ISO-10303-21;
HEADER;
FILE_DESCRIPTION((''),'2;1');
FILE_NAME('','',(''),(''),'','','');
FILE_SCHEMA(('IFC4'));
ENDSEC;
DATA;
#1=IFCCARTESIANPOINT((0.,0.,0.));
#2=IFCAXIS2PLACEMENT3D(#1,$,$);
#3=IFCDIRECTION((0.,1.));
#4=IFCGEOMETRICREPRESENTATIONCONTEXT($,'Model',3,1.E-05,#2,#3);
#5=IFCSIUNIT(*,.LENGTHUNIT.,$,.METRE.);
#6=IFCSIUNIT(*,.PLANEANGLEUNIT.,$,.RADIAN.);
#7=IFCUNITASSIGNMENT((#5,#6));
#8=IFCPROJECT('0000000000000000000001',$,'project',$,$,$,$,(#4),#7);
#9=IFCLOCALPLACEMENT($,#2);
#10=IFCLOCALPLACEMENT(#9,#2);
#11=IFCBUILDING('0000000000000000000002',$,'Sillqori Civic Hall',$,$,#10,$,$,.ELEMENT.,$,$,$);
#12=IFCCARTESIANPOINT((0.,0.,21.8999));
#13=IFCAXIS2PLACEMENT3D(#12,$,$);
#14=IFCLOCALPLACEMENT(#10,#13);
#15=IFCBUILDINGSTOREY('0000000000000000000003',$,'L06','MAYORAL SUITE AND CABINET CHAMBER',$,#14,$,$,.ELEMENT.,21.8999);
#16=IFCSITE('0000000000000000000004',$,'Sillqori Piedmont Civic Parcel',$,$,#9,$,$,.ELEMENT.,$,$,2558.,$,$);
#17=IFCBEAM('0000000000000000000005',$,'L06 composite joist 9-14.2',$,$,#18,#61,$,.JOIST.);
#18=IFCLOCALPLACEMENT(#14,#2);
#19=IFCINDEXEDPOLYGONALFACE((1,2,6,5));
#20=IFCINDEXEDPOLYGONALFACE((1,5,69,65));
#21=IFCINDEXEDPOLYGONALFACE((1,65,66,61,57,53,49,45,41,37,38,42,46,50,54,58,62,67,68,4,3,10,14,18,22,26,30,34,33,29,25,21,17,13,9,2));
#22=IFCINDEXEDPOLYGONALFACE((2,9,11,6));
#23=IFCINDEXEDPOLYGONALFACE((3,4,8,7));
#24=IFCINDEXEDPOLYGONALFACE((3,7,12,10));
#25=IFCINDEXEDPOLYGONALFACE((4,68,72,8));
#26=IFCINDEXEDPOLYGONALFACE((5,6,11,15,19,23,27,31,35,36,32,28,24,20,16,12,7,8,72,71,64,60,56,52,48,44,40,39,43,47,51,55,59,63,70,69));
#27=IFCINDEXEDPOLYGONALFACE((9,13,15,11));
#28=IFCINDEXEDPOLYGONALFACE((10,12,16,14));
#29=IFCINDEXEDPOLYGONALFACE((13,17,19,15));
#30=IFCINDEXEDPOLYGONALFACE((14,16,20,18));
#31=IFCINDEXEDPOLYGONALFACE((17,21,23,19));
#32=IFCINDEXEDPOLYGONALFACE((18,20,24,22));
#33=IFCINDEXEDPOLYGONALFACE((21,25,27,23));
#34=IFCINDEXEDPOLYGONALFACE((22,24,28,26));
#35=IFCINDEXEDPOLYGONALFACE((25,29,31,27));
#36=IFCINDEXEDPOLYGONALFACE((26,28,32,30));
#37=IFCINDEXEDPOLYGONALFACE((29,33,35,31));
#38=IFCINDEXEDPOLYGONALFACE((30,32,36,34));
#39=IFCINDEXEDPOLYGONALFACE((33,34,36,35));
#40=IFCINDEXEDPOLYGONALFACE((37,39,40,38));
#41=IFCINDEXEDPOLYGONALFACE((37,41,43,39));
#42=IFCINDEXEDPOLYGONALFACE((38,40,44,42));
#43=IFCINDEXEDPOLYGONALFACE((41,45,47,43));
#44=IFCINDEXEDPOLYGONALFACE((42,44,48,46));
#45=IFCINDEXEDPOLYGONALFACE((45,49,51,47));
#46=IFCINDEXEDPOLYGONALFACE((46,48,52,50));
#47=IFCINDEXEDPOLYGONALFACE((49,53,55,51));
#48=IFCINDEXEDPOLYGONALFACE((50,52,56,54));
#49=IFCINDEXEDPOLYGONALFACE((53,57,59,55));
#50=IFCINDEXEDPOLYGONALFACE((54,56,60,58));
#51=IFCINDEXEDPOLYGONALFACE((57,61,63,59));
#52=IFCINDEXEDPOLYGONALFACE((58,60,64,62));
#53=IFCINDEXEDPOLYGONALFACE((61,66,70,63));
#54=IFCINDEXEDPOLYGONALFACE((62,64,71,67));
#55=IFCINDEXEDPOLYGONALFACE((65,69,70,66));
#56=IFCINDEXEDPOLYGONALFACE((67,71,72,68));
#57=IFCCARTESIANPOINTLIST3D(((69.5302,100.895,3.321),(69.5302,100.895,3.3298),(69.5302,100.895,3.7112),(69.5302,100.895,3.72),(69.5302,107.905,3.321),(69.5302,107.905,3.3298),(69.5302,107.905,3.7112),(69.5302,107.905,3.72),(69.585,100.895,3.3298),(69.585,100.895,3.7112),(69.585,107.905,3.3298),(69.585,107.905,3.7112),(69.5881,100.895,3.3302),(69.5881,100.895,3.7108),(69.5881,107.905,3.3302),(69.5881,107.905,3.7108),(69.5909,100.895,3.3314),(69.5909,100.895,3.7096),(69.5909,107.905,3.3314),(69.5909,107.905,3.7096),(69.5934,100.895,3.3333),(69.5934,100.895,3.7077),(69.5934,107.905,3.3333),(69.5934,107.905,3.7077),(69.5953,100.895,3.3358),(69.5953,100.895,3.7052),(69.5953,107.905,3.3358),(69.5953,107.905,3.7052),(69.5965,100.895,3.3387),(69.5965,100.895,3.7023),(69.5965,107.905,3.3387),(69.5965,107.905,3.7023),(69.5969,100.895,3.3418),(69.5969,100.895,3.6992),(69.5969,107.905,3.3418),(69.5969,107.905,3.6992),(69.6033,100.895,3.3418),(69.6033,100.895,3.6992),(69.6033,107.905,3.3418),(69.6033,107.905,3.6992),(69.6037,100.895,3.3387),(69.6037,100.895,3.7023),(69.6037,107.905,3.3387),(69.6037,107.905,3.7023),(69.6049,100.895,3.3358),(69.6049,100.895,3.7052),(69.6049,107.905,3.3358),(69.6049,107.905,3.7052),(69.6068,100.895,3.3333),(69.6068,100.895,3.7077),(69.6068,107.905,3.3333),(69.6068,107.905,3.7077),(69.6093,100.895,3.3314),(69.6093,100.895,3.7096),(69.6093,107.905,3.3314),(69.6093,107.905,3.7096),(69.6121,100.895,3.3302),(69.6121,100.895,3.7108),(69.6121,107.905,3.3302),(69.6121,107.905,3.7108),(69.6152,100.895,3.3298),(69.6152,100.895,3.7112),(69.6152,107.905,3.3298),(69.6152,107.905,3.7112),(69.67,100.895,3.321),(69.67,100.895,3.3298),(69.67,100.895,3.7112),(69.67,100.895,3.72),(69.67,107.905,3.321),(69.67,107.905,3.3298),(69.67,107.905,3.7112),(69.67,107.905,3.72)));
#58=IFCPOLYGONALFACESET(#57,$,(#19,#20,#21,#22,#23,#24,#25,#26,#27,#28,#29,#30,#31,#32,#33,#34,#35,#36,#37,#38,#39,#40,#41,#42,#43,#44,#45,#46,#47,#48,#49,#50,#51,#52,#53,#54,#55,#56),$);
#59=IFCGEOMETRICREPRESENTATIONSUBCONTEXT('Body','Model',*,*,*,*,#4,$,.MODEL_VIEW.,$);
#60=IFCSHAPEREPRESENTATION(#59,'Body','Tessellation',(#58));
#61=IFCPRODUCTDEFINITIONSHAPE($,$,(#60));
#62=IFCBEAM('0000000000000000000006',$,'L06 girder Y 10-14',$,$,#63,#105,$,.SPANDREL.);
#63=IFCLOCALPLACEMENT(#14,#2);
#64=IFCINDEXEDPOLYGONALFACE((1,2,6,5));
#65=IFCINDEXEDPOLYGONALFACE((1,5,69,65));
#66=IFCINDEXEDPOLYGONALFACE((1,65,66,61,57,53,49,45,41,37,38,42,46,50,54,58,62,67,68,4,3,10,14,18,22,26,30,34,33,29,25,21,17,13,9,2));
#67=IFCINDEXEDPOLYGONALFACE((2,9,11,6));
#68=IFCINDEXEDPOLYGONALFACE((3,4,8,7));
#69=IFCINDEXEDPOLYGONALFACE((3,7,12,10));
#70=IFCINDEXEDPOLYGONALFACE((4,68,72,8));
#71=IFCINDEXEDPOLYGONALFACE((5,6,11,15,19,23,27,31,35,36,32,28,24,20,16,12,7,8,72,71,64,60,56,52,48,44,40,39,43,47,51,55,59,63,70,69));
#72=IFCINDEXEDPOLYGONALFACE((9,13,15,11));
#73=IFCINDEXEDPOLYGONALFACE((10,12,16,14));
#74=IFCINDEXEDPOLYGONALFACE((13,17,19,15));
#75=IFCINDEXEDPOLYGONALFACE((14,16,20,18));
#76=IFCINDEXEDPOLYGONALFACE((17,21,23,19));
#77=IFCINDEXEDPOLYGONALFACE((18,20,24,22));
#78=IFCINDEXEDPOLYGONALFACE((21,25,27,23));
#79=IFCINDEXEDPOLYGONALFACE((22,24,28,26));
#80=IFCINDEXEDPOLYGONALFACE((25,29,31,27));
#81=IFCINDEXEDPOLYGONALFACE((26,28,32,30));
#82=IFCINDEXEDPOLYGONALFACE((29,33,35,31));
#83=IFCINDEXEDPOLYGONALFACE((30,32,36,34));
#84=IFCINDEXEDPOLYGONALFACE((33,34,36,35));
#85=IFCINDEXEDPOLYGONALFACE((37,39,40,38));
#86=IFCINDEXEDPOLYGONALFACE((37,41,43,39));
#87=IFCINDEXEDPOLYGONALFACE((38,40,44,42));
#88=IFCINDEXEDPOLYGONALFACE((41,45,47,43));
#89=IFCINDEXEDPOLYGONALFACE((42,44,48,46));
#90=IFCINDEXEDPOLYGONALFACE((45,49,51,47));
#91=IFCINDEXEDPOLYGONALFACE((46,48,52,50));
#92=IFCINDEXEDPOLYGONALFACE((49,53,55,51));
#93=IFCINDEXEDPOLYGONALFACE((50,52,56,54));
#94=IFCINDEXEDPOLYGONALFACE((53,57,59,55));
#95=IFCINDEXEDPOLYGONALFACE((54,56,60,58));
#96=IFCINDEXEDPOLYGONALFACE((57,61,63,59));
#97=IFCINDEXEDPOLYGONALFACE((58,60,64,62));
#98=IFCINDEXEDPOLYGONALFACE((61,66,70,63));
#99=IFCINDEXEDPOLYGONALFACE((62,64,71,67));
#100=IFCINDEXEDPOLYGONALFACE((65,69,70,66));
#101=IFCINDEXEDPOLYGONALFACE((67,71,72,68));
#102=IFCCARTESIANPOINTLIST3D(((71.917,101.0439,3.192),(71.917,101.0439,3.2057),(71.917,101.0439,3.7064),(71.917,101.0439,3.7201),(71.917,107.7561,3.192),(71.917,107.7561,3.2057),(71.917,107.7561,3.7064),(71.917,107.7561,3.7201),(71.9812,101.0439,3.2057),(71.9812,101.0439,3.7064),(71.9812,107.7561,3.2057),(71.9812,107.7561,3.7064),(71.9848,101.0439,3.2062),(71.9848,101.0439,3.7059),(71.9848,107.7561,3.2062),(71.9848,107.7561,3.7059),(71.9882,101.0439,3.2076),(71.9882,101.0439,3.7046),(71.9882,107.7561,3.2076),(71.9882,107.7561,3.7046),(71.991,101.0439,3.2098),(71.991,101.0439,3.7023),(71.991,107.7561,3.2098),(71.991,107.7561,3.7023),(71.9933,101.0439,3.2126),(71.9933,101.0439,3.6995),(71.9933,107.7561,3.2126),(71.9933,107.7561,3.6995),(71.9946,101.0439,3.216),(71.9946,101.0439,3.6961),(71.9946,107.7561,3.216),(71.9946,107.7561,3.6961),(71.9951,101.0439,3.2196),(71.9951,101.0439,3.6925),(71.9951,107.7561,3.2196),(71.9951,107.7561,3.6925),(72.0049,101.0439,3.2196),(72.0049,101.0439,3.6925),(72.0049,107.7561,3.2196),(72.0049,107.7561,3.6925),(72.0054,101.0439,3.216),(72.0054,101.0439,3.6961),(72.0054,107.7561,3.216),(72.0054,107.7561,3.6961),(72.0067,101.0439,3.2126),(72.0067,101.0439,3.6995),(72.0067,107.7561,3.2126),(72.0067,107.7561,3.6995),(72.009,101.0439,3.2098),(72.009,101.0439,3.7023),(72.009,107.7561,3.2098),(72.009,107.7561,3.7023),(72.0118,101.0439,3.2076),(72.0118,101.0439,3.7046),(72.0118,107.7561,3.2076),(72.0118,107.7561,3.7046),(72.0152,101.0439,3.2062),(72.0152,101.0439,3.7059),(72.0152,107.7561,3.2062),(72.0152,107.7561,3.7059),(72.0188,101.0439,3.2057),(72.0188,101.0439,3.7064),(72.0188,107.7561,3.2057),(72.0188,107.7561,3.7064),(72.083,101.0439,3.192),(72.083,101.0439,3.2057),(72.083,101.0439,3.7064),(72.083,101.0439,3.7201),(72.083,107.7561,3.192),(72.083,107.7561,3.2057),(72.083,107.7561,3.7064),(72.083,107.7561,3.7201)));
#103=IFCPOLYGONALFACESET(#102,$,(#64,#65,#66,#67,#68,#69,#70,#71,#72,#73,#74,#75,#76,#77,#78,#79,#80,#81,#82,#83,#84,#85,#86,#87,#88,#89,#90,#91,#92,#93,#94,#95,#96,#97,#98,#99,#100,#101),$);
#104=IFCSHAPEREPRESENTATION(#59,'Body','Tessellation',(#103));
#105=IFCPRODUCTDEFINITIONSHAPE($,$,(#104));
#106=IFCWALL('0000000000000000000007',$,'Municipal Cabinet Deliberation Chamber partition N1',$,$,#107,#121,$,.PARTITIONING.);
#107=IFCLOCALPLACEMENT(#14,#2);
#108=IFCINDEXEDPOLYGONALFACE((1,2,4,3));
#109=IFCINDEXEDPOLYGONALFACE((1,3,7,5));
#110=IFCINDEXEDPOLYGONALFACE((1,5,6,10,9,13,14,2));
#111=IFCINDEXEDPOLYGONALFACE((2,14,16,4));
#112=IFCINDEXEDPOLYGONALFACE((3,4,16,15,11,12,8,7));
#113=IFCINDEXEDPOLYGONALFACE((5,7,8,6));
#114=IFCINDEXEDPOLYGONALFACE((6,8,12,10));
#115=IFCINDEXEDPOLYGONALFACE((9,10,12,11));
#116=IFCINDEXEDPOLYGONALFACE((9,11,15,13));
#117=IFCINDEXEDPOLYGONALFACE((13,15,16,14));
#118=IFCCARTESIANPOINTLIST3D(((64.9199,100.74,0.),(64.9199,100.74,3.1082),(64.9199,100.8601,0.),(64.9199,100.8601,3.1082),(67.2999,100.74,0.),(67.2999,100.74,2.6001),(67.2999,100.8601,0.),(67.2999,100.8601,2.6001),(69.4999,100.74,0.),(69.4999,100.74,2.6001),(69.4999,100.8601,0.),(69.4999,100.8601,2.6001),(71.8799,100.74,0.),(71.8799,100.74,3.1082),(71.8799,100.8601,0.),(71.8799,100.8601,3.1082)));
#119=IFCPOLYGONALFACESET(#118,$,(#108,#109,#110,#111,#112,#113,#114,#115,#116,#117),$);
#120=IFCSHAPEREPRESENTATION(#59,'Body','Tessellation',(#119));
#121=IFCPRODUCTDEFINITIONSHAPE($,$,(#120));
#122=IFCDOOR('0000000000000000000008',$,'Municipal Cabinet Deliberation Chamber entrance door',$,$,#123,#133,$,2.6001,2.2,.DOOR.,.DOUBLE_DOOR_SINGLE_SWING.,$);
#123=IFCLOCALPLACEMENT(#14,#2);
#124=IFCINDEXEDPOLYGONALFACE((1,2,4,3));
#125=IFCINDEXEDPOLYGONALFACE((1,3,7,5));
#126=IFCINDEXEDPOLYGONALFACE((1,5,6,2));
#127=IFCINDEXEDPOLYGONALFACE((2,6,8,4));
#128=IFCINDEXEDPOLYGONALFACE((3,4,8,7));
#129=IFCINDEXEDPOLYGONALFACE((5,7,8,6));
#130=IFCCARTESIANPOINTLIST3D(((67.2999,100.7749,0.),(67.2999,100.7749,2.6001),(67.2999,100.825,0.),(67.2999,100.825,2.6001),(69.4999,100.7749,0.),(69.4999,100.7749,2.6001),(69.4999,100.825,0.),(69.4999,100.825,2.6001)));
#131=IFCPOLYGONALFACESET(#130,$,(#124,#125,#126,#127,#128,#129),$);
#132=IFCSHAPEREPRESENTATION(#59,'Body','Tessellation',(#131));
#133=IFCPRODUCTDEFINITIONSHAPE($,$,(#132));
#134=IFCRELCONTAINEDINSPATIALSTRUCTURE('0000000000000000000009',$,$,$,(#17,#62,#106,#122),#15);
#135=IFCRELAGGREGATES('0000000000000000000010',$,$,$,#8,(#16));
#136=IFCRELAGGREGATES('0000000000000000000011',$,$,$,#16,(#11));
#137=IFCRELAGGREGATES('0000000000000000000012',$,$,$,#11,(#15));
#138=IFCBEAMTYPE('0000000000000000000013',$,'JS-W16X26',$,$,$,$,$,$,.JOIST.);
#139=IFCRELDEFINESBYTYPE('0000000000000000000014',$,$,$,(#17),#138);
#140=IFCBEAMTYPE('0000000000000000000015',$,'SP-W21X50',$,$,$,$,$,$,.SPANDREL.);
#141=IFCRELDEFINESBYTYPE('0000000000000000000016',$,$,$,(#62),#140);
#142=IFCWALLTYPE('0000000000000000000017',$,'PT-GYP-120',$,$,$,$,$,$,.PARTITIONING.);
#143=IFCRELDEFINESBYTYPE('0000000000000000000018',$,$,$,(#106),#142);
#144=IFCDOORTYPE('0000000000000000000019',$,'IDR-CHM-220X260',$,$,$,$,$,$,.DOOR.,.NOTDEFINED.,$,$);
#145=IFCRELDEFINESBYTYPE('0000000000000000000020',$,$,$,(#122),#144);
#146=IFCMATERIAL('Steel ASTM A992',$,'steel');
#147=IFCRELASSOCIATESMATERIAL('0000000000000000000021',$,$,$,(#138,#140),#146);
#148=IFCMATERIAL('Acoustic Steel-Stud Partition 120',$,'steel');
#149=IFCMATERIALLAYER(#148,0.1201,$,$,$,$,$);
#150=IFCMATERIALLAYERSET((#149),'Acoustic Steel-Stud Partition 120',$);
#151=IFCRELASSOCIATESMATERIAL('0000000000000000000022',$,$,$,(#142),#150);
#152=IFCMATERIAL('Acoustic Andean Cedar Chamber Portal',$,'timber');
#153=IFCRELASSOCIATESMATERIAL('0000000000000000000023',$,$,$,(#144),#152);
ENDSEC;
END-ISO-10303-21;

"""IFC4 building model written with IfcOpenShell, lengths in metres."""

from ifc_helpers import new_model, si_unit, direction, frame, frame_2d, origin, origin_2d, place, context, subcontext, project, spatial, rectangle, i_section, extrude, material, layer, layer_set, material_profile, profile_set, type_object, element, fill, save


model = new_model("IFC4")

# Units and contexts
model_context = context("Model", 3, precision=1e-05, world=origin(), true_north=direction((0.0, 1.0)))
body_context = subcontext(model_context, "Body", "Model", "MODEL_VIEW")
ifc_project = project(units=[si_unit("LENGTHUNIT", "METRE"), si_unit("PLANEANGLEUNIT", "RADIAN")], contexts=[model_context])

# Site, building, storey
site_placement = place(None, origin())
site = spatial("IfcSite", under=ifc_project, at=site_placement, Name="Sillqori Piedmont Civic Parcel", CompositionType="ELEMENT", RefElevation=2558.0)
building_placement = place(site_placement, origin())
building = spatial("IfcBuilding", under=site, at=building_placement, Name="Sillqori Civic Hall", CompositionType="ELEMENT")
storey_placement = place(building_placement, frame((0.0, 0.0, 21.8999)))
storey = spatial("IfcBuildingStorey", under=building, at=storey_placement, Name="L06", Description="MAYORAL SUITE AND CABINET CHAMBER", CompositionType="ELEMENT", Elevation=21.8999)

# Beams
ifc_material_1 = material(Name="Steel ASTM A992", Category="steel")
ifc_material_profile_1 = material_profile(ifc_material_1, i_section(OverallWidth=0.1399, OverallDepth=0.3989, WebThickness=0.0063, FlangeThickness=0.0088, FilletRadius=0.012, at=origin_2d()), Name="W16X26")
ifc_profile_set_1 = profile_set([ifc_material_profile_1], Name="Steel ASTM A992")
beam_type_1 = type_object("IfcBeamType", Name="JS-W16X26", PredefinedType="JOIST", material=ifc_profile_set_1)
for number, where, z_axis, x_axis, name in (
    (1, (69.6001, 100.895, 3.5205), (0.0, 1.0, 0.0), (-1.0, 0.0, 0.0), "L06 composite joist 9-14.2"),
):
    element("IfcBeam", number, at=place(storey_placement, frame(where, z_axis=z_axis, x_axis=x_axis)), inside=storey, type_object=beam_type_1, Name=name, PredefinedType="JOIST", context=body_context, shape_type="SweptSolid", body=[
        extrude(i_section(OverallWidth=0.1399, OverallDepth=0.3989, WebThickness=0.0063, FlangeThickness=0.0088, FilletRadius=0.012, at=origin_2d()), origin(), (0.0, 0.0, 1.0), 7.01),
    ])
ifc_material_profile_2 = material_profile(ifc_material_1, i_section(OverallWidth=0.166, OverallDepth=0.5281, WebThickness=0.0098, FlangeThickness=0.0137, FilletRadius=0.0139, at=origin_2d()), Name="W21X50")
ifc_profile_set_2 = profile_set([ifc_material_profile_2], Name="Steel ASTM A992")
beam_type_2 = type_object("IfcBeamType", Name="SP-W21X50", PredefinedType="SPANDREL", material=ifc_profile_set_2)
beam_1_placement = place(storey_placement, frame((72.0, 101.0439, 3.4561), z_axis=(0.0, 1.0, 0.0), x_axis=(-1.0, 0.0, 0.0)))
element("IfcBeam", 2, at=beam_1_placement, inside=storey, type_object=beam_type_2, Name="L06 girder Y 10-14", PredefinedType="SPANDREL", context=body_context, shape_type="SweptSolid", body=[
    extrude(i_section(OverallWidth=0.166, OverallDepth=0.5281, WebThickness=0.0098, FlangeThickness=0.0137, FilletRadius=0.0139, at=origin_2d()), origin(), (0.0, 0.0, 1.0), 6.7122),
])

# Wall, opening, door
ifc_material_2 = material(Name="Acoustic Steel-Stud Partition 120", Category="steel")
ifc_layer = layer(ifc_material_2, 0.1201)
ifc_layer_set = layer_set([ifc_layer], Name="Acoustic Steel-Stud Partition 120")
wall_type = type_object("IfcWallType", Name="PT-GYP-120", PredefinedType="PARTITIONING", material=ifc_layer_set)
wall_placement = place(storey_placement, frame((64.9199, 100.8, 0.0), z_axis=(0.0, 0.0, 1.0), x_axis=(1.0, 0.0, 0.0)))
wall = element("IfcWall", 3, at=wall_placement, inside=storey, type_object=wall_type, Name="Municipal Cabinet Deliberation Chamber partition N1", PredefinedType="PARTITIONING", context=body_context, shape_type="SweptSolid", body=[
    extrude(rectangle(XDim=6.96, YDim=0.1201, at=frame_2d((3.48, 0.0))), origin(), (0.0, 0.0, 1.0), 3.1082),
])
opening_placement = place(wall_placement, frame((2.3799, 0.0, 0.0)))
opening = element("IfcOpeningElement", 4, at=opening_placement, cuts=wall, PredefinedType="OPENING", context=body_context, shape_type="SweptSolid", body=[
    extrude(rectangle(XDim=2.2, YDim=2.6001, at=frame_2d((1.1001, 1.3))), frame((0.0, 0.0701, 0.0), z_axis=(0.0, -1.0, 0.0), x_axis=(1.0, 0.0, 0.0)), (0.0, 0.0, 1.0), 0.1401),
])
ifc_material_3 = material(Name="Acoustic Andean Cedar Chamber Portal", Category="timber")
door_type = type_object("IfcDoorType", Name="IDR-CHM-220X260", OperationType="NOTDEFINED", PredefinedType="DOOR", material=ifc_material_3)
door_placement = place(opening_placement, origin())
door = element("IfcDoor", 5, at=door_placement, inside=storey, type_object=door_type, Name="Municipal Cabinet Deliberation Chamber entrance door", OperationType="DOUBLE_DOOR_SINGLE_SWING", OverallHeight=2.6001, OverallWidth=2.2, PredefinedType="DOOR", context=body_context, shape_type="SweptSolid", body=[
    extrude(rectangle(XDim=2.2, YDim=2.6001, at=frame_2d((1.1001, 1.3))), frame((0.0, 0.0249, 0.0), z_axis=(0.0, -1.0, 0.0), x_axis=(1.0, 0.0, 0.0)), (0.0, 0.0, 1.0), 0.05),
])
fill(opening, door)

save(model, "model.ifc")
